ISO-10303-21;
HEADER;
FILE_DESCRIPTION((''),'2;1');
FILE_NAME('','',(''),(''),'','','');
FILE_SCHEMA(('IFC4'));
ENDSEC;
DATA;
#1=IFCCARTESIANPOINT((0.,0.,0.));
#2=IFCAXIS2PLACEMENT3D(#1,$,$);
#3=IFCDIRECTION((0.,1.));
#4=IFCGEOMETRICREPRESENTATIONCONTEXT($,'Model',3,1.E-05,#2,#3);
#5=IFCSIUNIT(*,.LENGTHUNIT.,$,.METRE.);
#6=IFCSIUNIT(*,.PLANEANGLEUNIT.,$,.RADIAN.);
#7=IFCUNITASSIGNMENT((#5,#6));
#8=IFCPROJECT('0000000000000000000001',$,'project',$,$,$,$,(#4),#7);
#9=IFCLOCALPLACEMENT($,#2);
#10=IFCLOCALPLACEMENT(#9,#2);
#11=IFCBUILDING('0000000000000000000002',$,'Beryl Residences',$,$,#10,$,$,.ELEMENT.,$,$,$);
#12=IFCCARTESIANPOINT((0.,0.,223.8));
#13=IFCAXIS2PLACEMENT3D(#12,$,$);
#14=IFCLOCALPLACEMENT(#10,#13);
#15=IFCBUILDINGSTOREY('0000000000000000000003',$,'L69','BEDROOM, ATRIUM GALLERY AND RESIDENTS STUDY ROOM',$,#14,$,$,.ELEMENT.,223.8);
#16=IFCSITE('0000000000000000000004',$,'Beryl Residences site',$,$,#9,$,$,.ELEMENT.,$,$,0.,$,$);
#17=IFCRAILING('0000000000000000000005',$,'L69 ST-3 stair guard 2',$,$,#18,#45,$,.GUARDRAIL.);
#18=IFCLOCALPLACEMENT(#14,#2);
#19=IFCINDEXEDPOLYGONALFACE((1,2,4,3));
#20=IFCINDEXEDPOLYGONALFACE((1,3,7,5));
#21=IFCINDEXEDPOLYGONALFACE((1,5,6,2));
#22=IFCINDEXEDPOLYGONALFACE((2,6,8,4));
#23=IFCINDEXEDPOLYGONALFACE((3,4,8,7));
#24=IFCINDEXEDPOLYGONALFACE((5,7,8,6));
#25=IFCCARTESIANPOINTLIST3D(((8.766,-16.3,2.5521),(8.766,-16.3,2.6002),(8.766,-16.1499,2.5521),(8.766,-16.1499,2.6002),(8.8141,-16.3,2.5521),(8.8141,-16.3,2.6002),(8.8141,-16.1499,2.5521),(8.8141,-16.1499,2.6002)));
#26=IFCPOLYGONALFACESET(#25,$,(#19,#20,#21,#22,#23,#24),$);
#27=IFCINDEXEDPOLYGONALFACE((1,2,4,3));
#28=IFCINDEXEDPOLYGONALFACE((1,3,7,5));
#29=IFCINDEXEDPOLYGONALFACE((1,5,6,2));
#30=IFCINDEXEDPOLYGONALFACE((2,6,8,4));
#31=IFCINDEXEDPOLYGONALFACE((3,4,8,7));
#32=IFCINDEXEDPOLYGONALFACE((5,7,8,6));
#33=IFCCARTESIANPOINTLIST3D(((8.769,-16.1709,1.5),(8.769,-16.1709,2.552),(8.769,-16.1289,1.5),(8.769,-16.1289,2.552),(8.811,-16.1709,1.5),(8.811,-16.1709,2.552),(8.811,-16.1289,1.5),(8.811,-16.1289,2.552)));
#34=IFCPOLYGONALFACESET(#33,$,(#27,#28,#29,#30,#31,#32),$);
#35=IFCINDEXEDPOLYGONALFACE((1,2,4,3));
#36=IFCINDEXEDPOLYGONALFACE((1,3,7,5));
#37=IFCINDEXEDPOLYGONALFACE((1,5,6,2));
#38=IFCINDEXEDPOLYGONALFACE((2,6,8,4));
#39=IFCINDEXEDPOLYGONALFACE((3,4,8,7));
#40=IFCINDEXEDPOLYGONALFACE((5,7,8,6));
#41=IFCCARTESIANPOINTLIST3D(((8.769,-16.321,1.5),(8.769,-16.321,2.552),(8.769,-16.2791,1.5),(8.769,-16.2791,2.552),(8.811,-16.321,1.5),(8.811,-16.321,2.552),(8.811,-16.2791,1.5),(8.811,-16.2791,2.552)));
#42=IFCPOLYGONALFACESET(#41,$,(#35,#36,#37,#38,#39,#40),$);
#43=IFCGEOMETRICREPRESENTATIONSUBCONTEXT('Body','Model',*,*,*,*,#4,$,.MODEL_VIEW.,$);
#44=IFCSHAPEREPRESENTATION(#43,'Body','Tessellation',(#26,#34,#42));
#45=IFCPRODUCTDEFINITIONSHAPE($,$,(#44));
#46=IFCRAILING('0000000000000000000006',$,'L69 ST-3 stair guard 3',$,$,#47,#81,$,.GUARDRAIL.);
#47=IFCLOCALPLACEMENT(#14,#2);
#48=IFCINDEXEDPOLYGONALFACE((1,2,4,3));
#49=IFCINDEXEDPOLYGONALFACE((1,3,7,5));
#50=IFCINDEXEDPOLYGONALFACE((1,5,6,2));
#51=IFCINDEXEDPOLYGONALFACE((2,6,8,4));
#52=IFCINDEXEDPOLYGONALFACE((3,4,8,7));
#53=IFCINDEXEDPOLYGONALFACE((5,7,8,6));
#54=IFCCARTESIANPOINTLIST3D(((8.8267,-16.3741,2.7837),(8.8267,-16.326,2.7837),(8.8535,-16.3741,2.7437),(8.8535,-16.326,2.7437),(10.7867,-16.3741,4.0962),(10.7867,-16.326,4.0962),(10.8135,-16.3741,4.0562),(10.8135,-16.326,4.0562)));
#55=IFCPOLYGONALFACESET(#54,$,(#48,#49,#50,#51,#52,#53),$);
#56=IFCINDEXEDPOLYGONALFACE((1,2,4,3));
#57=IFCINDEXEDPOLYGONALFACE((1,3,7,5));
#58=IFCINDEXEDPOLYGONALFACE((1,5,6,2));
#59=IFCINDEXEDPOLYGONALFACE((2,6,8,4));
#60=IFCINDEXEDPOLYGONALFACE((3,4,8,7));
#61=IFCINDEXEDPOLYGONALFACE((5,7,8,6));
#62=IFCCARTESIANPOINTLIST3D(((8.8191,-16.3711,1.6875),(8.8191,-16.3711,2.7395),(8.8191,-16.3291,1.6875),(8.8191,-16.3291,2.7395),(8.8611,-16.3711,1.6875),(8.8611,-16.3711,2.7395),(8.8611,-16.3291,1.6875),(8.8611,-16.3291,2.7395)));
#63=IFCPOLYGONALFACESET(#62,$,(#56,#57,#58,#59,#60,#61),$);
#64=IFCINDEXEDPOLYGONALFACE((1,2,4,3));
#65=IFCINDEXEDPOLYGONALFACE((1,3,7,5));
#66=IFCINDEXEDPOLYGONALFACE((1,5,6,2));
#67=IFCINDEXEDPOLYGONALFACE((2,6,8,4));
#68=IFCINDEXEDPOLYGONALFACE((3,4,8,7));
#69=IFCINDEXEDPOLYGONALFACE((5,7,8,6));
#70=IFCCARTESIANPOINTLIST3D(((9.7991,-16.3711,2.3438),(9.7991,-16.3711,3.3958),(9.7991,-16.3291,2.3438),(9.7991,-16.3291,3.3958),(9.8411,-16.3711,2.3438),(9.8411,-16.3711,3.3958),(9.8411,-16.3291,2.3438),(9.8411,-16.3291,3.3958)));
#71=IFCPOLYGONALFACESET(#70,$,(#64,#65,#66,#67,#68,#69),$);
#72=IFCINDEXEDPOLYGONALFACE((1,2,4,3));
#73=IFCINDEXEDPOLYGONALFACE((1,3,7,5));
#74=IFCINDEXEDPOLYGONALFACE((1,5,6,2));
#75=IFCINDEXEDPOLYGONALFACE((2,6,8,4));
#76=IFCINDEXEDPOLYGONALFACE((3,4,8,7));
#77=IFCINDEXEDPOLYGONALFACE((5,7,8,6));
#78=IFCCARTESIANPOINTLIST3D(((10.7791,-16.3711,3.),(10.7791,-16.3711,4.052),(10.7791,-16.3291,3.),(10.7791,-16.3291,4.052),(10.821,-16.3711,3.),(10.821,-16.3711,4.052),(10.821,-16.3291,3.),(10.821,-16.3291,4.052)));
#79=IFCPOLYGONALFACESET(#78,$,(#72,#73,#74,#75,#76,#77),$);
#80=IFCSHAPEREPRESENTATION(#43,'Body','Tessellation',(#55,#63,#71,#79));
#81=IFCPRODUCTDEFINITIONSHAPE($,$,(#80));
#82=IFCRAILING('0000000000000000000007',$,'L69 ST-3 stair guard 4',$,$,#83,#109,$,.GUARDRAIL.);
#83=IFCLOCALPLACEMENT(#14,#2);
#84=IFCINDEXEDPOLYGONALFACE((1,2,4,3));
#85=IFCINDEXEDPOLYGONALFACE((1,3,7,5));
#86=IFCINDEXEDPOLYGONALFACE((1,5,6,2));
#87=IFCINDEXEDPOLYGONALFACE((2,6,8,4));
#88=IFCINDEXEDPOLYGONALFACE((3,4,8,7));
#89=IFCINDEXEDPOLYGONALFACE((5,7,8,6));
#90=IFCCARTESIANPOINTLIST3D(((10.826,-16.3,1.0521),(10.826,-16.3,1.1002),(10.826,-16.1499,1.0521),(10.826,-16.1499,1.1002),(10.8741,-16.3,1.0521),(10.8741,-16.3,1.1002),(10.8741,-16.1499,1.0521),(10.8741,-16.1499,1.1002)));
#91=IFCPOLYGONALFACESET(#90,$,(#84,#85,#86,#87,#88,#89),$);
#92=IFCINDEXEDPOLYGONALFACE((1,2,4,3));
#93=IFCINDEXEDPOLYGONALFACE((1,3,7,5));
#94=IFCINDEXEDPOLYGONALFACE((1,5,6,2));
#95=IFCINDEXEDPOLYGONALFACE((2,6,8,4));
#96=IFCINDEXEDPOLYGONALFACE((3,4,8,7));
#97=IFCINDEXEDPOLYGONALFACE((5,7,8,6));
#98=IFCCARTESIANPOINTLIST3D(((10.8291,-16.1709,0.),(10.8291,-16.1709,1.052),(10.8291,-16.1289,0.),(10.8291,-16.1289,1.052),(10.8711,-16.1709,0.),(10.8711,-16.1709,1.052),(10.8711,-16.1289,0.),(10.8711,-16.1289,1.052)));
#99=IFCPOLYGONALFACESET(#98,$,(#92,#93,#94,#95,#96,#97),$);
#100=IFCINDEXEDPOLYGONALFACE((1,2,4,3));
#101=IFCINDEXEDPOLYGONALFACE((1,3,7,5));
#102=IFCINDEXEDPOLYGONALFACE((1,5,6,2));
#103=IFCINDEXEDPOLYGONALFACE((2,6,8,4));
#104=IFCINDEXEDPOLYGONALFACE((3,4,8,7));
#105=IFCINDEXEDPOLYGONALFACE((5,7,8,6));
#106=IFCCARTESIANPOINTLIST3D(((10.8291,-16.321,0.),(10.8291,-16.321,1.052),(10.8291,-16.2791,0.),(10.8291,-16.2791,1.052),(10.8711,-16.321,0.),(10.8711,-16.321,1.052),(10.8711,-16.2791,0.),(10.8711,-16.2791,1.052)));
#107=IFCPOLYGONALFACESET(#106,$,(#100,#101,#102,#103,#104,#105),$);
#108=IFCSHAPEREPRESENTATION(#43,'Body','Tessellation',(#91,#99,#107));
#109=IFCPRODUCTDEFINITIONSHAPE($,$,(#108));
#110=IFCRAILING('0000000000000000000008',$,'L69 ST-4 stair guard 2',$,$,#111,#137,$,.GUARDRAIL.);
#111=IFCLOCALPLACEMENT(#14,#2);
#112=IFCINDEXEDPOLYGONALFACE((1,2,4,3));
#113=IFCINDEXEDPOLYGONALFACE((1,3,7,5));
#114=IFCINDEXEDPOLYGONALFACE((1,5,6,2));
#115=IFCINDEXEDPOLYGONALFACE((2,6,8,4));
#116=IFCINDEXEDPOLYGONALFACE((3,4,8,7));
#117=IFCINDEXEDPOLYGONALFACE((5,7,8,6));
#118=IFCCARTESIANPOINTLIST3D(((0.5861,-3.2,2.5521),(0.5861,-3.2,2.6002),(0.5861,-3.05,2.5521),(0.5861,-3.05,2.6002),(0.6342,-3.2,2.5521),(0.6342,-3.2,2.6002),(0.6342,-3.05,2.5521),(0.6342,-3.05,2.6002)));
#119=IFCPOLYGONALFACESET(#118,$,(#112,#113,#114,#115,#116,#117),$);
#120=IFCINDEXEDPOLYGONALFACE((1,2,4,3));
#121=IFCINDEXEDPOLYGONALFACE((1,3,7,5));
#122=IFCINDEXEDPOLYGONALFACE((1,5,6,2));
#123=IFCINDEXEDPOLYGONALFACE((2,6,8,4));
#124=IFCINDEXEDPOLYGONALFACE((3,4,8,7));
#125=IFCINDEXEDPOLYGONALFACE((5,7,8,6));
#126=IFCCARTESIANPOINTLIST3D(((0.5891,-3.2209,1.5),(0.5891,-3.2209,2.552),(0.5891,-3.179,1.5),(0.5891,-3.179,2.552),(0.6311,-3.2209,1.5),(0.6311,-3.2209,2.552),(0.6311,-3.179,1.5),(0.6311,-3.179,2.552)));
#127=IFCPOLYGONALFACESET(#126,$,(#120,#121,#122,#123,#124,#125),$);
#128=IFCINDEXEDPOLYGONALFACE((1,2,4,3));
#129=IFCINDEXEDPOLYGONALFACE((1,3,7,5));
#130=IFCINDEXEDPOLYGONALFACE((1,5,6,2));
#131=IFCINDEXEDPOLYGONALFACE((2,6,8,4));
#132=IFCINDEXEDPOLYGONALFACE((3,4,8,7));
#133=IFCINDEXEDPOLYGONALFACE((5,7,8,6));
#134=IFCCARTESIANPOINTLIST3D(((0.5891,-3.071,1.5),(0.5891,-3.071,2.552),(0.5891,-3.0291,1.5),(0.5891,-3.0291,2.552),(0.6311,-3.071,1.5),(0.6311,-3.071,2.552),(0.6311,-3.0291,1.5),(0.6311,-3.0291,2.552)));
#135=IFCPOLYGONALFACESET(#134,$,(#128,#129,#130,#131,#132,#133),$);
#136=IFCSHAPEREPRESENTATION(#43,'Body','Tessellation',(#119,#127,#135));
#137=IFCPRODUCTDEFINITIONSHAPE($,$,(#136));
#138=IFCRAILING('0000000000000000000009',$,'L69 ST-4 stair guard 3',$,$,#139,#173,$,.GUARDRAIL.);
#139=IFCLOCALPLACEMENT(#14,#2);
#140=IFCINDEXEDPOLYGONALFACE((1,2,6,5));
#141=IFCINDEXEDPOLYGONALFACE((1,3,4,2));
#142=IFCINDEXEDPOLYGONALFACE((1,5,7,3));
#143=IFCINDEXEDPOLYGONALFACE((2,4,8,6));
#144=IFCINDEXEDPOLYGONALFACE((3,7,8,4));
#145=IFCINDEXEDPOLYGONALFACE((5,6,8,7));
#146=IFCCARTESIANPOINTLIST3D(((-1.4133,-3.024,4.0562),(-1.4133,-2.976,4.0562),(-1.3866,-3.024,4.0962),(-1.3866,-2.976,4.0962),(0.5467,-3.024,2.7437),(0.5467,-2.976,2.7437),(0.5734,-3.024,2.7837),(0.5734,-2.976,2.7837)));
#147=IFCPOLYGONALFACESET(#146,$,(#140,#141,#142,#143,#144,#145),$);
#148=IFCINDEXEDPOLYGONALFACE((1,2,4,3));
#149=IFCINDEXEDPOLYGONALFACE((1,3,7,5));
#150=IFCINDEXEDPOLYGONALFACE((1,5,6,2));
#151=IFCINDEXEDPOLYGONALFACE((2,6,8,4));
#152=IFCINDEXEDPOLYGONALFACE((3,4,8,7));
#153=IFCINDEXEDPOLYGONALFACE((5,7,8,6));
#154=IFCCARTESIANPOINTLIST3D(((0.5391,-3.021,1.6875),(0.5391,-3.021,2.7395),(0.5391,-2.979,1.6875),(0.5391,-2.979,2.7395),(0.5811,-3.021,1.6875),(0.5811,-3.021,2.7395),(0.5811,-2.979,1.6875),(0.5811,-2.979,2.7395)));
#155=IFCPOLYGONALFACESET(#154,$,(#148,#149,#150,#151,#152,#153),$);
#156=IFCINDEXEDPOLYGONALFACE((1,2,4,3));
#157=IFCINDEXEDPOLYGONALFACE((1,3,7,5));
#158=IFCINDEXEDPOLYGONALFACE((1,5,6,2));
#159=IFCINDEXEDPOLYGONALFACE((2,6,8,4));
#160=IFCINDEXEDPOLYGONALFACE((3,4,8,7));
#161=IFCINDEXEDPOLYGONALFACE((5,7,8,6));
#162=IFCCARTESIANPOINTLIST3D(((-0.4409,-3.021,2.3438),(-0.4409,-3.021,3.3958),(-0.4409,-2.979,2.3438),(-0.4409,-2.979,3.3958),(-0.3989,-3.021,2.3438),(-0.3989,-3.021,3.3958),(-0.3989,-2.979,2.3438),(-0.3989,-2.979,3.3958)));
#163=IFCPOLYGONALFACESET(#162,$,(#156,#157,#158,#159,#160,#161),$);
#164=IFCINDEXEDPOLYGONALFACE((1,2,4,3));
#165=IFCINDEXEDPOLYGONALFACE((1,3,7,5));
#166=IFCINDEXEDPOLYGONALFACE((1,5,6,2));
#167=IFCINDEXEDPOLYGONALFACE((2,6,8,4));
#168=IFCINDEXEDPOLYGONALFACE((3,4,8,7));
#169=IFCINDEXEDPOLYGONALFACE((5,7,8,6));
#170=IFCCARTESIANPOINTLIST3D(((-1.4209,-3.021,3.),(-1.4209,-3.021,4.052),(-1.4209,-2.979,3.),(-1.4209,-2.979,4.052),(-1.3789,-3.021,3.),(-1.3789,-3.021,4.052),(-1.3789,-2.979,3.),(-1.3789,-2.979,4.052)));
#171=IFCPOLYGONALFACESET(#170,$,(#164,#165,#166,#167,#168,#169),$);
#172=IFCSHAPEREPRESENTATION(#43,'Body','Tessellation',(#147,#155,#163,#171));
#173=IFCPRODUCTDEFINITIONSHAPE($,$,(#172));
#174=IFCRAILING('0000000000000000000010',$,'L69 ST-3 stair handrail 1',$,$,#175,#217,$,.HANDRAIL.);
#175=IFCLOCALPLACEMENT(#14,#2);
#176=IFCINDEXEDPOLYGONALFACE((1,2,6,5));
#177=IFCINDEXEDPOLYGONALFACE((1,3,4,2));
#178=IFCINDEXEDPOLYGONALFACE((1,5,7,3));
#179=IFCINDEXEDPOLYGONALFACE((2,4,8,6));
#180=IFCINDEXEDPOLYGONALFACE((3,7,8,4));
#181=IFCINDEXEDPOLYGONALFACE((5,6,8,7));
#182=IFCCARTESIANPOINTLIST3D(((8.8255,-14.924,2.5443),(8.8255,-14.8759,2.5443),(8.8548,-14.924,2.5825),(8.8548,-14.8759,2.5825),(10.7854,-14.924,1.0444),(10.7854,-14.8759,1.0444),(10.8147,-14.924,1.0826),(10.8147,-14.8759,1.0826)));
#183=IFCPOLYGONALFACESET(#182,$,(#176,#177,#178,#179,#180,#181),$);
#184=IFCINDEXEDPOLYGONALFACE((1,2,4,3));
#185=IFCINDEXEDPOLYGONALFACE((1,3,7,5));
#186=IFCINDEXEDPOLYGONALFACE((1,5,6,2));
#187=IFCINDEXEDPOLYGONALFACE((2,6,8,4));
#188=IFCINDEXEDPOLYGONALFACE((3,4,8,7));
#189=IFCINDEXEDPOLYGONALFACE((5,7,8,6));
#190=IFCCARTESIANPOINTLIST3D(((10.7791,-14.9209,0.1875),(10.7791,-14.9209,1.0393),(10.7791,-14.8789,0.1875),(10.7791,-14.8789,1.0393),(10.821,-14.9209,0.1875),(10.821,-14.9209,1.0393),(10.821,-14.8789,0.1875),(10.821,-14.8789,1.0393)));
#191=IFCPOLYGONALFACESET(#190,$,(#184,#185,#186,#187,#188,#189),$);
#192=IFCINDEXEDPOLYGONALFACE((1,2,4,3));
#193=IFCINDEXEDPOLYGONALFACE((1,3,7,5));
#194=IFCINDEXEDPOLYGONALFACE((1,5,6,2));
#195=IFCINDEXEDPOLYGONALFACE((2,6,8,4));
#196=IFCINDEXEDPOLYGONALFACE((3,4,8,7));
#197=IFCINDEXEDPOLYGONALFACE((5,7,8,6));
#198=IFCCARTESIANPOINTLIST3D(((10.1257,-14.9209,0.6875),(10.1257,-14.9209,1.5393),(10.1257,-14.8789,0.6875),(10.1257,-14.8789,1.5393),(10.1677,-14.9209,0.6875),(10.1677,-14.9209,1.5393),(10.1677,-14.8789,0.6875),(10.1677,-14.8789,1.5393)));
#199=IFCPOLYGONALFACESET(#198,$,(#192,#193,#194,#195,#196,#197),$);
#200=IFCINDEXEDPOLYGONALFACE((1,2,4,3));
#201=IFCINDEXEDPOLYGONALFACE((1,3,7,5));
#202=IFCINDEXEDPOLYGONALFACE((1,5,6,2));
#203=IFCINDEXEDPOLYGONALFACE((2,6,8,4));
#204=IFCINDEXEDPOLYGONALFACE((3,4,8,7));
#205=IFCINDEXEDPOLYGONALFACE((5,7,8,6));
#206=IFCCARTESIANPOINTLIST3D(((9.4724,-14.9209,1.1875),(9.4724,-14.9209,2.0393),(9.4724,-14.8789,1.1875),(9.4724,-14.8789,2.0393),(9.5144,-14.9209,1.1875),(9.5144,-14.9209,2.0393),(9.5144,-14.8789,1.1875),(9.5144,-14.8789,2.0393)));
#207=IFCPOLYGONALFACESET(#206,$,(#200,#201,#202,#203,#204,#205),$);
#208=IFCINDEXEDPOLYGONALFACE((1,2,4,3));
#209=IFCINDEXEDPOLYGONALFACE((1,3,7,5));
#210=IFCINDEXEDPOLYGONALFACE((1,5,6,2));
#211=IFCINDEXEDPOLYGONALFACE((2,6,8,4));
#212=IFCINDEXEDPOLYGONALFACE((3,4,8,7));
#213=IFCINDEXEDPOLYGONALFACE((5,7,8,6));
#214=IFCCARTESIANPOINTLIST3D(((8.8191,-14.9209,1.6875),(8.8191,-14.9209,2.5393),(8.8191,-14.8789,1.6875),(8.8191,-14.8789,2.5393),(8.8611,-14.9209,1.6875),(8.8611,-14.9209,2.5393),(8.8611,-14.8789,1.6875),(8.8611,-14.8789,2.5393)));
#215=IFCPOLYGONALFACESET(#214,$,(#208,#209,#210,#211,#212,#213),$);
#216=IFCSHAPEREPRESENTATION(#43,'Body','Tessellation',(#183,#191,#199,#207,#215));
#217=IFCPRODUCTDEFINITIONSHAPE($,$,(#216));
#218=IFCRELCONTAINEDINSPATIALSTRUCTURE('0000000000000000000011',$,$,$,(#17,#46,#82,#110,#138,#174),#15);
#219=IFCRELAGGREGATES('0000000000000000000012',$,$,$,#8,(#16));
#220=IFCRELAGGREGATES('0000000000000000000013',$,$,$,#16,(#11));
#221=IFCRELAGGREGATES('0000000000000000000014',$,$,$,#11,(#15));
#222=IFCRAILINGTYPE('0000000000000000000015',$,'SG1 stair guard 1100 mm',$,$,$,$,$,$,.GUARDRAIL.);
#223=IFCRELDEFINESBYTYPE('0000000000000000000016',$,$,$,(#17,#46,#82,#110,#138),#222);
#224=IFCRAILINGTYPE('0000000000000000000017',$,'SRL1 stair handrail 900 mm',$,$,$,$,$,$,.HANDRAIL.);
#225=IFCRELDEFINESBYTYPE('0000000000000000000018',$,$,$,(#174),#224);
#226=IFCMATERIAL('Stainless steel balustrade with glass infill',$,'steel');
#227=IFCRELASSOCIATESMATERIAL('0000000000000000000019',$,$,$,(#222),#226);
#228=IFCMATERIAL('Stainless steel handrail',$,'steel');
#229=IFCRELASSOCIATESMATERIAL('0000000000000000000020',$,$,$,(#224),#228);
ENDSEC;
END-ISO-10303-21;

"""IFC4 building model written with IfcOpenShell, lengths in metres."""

from ifc_helpers import new_model, si_unit, direction, frame, origin, origin_2d, place, context, subcontext, project, spatial, rectangle, extrude, material, type_object, element, save


model = new_model("IFC4")

# Units and contexts
model_context = context("Model", 3, precision=1e-05, world=origin(), true_north=direction((0.0, 1.0)))
body_context = subcontext(model_context, "Body", "Model", "MODEL_VIEW")
ifc_project = project(units=[si_unit("LENGTHUNIT", "METRE"), si_unit("PLANEANGLEUNIT", "RADIAN")], contexts=[model_context])

# Site, building, storey
site_placement = place(None, origin())
site = spatial("IfcSite", under=ifc_project, at=site_placement, Name="Beryl Residences site", CompositionType="ELEMENT", RefElevation=0.0)
building_placement = place(site_placement, origin())
building = spatial("IfcBuilding", under=site, at=building_placement, Name="Beryl Residences", CompositionType="ELEMENT")
storey_placement = place(building_placement, frame((0.0, 0.0, 223.8)))
storey = spatial("IfcBuildingStorey", under=building, at=storey_placement, Name="L69", Description="BEDROOM, ATRIUM GALLERY AND RESIDENTS STUDY ROOM", CompositionType="ELEMENT", Elevation=223.8)

# Railings
ifc_material_1 = material(Name="Stainless steel balustrade with glass infill", Category="steel")
railing_type_1 = type_object("IfcRailingType", Name="SG1 stair guard 1100 mm", PredefinedType="GUARDRAIL", material=ifc_material_1)
railing_1_placement = place(storey_placement, frame((8.79, -16.1499, 1.5)))
element("IfcRailing", 1, at=railing_1_placement, inside=storey, type_object=railing_type_1, Name="L69 ST-3 stair guard 2", PredefinedType="GUARDRAIL", context=body_context, shape_type="SweptSolid", body=[
    extrude(rectangle(XDim=0.0481, YDim=0.0481, at=origin_2d()), frame((0.0, 0.0, 1.0762), z_axis=(0.0, -1.0, 0.0), x_axis=(1.0, 0.0, 0.0)), (0.0, 0.0, 1.0), 0.1501),
    extrude(rectangle(XDim=0.042, YDim=0.042, at=origin_2d()), origin(), (0.0, 0.0, 1.0), 1.052),
    extrude(rectangle(XDim=0.042, YDim=0.042, at=origin_2d()), frame((0.0, -0.1501, 0.0)), (0.0, 0.0, 1.0), 1.052),
])
railing_2_placement = place(storey_placement, frame((8.8401, -16.3501, 1.6875)))
element("IfcRailing", 2, at=railing_2_placement, inside=storey, type_object=railing_type_1, Name="L69 ST-3 stair guard 3", PredefinedType="GUARDRAIL", context=body_context, shape_type="SweptSolid", body=[
    extrude(rectangle(XDim=0.0481, YDim=0.0481, at=origin_2d()), frame((0.0, 0.0, 1.0762), z_axis=(0.830902, 0.0, 0.556419), x_axis=(0.0, 1.0, 0.0)), (0.0, 0.0, 1.0), 2.3589),
    extrude(rectangle(XDim=0.042, YDim=0.042, at=origin_2d()), origin(), (0.0, 0.0, 1.0), 1.052),
    extrude(rectangle(XDim=0.042, YDim=0.042, at=origin_2d()), frame((0.98, 0.0, 0.6562)), (0.0, 0.0, 1.0), 1.052),
    extrude(rectangle(XDim=0.042, YDim=0.042, at=origin_2d()), frame((1.96, 0.0, 1.3125)), (0.0, 0.0, 1.0), 1.052),
])
railing_3_placement = place(storey_placement, frame((10.8501, -16.1499, 0.0)))
element("IfcRailing", 3, at=railing_3_placement, inside=storey, type_object=railing_type_1, Name="L69 ST-3 stair guard 4", PredefinedType="GUARDRAIL", context=body_context, shape_type="SweptSolid", body=[
    extrude(rectangle(XDim=0.0481, YDim=0.0481, at=origin_2d()), frame((0.0, 0.0, 1.0762), z_axis=(0.0, -1.0, 0.0), x_axis=(1.0, 0.0, 0.0)), (0.0, 0.0, 1.0), 0.1501),
    extrude(rectangle(XDim=0.042, YDim=0.042, at=origin_2d()), origin(), (0.0, 0.0, 1.0), 1.052),
    extrude(rectangle(XDim=0.042, YDim=0.042, at=origin_2d()), frame((0.0, -0.1501, 0.0)), (0.0, 0.0, 1.0), 1.052),
])
railing_4_placement = place(storey_placement, frame((0.6101, -3.2, 1.5)))
element("IfcRailing", 4, at=railing_4_placement, inside=storey, type_object=railing_type_1, Name="L69 ST-4 stair guard 2", PredefinedType="GUARDRAIL", context=body_context, shape_type="SweptSolid", body=[
    extrude(rectangle(XDim=0.0481, YDim=0.0481, at=origin_2d()), frame((0.0, 0.0, 1.0762), z_axis=(0.0, 1.0, 0.0), x_axis=(-1.0, 0.0, 0.0)), (0.0, 0.0, 1.0), 0.1499),
    extrude(rectangle(XDim=0.042, YDim=0.042, at=origin_2d()), origin(), (0.0, 0.0, 1.0), 1.052),
    extrude(rectangle(XDim=0.042, YDim=0.042, at=origin_2d()), frame((0.0, 0.1499, 0.0)), (0.0, 0.0, 1.0), 1.052),
])
railing_5_placement = place(storey_placement, frame((0.5601, -3.0, 1.6875)))
element("IfcRailing", 5, at=railing_5_placement, inside=storey, type_object=railing_type_1, Name="L69 ST-4 stair guard 3", PredefinedType="GUARDRAIL", context=body_context, shape_type="SweptSolid", body=[
    extrude(rectangle(XDim=0.0481, YDim=0.0481, at=origin_2d()), frame((0.0, 0.0, 1.0762), z_axis=(-0.830902, 0.0, 0.556419), x_axis=(0.0, -1.0, 0.0)), (0.0, 0.0, 1.0), 2.3589),
    extrude(rectangle(XDim=0.042, YDim=0.042, at=origin_2d()), origin(), (0.0, 0.0, 1.0), 1.052),
    extrude(rectangle(XDim=0.042, YDim=0.042, at=origin_2d()), frame((-0.98, 0.0, 0.6562)), (0.0, 0.0, 1.0), 1.052),
    extrude(rectangle(XDim=0.042, YDim=0.042, at=origin_2d()), frame((-1.96, 0.0, 1.3125)), (0.0, 0.0, 1.0), 1.052),
])
ifc_material_2 = material(Name="Stainless steel handrail", Category="steel")
railing_type_2 = type_object("IfcRailingType", Name="SRL1 stair handrail 900 mm", PredefinedType="HANDRAIL", material=ifc_material_2)
railing_6_placement = place(storey_placement, frame((10.8, -14.8999, 0.1875)))
element("IfcRailing", 6, at=railing_6_placement, inside=storey, type_object=railing_type_2, Name="L69 ST-3 stair handrail 1", PredefinedType="HANDRAIL", context=body_context, shape_type="SweptSolid", body=[
    extrude(rectangle(XDim=0.0481, YDim=0.0481, at=origin_2d()), frame((0.0, 0.0, 0.876), z_axis=(-0.794122, 0.0, 0.607758), x_axis=(0.0, -1.0, 0.0)), (0.0, 0.0, 1.0), 2.468),
    extrude(rectangle(XDim=0.042, YDim=0.042, at=origin_2d()), origin(), (0.0, 0.0, 1.0), 0.8518),
    extrude(rectangle(XDim=0.042, YDim=0.042, at=origin_2d()), frame((-0.6533, 0.0, 0.5)), (0.0, 0.0, 1.0), 0.8518),
    extrude(rectangle(XDim=0.042, YDim=0.042, at=origin_2d()), frame((-1.3066, 0.0, 1.0)), (0.0, 0.0, 1.0), 0.8518),
    extrude(rectangle(XDim=0.042, YDim=0.042, at=origin_2d()), frame((-1.96, 0.0, 1.5)), (0.0, 0.0, 1.0), 0.8518),
])

save(model, "model.ifc")
